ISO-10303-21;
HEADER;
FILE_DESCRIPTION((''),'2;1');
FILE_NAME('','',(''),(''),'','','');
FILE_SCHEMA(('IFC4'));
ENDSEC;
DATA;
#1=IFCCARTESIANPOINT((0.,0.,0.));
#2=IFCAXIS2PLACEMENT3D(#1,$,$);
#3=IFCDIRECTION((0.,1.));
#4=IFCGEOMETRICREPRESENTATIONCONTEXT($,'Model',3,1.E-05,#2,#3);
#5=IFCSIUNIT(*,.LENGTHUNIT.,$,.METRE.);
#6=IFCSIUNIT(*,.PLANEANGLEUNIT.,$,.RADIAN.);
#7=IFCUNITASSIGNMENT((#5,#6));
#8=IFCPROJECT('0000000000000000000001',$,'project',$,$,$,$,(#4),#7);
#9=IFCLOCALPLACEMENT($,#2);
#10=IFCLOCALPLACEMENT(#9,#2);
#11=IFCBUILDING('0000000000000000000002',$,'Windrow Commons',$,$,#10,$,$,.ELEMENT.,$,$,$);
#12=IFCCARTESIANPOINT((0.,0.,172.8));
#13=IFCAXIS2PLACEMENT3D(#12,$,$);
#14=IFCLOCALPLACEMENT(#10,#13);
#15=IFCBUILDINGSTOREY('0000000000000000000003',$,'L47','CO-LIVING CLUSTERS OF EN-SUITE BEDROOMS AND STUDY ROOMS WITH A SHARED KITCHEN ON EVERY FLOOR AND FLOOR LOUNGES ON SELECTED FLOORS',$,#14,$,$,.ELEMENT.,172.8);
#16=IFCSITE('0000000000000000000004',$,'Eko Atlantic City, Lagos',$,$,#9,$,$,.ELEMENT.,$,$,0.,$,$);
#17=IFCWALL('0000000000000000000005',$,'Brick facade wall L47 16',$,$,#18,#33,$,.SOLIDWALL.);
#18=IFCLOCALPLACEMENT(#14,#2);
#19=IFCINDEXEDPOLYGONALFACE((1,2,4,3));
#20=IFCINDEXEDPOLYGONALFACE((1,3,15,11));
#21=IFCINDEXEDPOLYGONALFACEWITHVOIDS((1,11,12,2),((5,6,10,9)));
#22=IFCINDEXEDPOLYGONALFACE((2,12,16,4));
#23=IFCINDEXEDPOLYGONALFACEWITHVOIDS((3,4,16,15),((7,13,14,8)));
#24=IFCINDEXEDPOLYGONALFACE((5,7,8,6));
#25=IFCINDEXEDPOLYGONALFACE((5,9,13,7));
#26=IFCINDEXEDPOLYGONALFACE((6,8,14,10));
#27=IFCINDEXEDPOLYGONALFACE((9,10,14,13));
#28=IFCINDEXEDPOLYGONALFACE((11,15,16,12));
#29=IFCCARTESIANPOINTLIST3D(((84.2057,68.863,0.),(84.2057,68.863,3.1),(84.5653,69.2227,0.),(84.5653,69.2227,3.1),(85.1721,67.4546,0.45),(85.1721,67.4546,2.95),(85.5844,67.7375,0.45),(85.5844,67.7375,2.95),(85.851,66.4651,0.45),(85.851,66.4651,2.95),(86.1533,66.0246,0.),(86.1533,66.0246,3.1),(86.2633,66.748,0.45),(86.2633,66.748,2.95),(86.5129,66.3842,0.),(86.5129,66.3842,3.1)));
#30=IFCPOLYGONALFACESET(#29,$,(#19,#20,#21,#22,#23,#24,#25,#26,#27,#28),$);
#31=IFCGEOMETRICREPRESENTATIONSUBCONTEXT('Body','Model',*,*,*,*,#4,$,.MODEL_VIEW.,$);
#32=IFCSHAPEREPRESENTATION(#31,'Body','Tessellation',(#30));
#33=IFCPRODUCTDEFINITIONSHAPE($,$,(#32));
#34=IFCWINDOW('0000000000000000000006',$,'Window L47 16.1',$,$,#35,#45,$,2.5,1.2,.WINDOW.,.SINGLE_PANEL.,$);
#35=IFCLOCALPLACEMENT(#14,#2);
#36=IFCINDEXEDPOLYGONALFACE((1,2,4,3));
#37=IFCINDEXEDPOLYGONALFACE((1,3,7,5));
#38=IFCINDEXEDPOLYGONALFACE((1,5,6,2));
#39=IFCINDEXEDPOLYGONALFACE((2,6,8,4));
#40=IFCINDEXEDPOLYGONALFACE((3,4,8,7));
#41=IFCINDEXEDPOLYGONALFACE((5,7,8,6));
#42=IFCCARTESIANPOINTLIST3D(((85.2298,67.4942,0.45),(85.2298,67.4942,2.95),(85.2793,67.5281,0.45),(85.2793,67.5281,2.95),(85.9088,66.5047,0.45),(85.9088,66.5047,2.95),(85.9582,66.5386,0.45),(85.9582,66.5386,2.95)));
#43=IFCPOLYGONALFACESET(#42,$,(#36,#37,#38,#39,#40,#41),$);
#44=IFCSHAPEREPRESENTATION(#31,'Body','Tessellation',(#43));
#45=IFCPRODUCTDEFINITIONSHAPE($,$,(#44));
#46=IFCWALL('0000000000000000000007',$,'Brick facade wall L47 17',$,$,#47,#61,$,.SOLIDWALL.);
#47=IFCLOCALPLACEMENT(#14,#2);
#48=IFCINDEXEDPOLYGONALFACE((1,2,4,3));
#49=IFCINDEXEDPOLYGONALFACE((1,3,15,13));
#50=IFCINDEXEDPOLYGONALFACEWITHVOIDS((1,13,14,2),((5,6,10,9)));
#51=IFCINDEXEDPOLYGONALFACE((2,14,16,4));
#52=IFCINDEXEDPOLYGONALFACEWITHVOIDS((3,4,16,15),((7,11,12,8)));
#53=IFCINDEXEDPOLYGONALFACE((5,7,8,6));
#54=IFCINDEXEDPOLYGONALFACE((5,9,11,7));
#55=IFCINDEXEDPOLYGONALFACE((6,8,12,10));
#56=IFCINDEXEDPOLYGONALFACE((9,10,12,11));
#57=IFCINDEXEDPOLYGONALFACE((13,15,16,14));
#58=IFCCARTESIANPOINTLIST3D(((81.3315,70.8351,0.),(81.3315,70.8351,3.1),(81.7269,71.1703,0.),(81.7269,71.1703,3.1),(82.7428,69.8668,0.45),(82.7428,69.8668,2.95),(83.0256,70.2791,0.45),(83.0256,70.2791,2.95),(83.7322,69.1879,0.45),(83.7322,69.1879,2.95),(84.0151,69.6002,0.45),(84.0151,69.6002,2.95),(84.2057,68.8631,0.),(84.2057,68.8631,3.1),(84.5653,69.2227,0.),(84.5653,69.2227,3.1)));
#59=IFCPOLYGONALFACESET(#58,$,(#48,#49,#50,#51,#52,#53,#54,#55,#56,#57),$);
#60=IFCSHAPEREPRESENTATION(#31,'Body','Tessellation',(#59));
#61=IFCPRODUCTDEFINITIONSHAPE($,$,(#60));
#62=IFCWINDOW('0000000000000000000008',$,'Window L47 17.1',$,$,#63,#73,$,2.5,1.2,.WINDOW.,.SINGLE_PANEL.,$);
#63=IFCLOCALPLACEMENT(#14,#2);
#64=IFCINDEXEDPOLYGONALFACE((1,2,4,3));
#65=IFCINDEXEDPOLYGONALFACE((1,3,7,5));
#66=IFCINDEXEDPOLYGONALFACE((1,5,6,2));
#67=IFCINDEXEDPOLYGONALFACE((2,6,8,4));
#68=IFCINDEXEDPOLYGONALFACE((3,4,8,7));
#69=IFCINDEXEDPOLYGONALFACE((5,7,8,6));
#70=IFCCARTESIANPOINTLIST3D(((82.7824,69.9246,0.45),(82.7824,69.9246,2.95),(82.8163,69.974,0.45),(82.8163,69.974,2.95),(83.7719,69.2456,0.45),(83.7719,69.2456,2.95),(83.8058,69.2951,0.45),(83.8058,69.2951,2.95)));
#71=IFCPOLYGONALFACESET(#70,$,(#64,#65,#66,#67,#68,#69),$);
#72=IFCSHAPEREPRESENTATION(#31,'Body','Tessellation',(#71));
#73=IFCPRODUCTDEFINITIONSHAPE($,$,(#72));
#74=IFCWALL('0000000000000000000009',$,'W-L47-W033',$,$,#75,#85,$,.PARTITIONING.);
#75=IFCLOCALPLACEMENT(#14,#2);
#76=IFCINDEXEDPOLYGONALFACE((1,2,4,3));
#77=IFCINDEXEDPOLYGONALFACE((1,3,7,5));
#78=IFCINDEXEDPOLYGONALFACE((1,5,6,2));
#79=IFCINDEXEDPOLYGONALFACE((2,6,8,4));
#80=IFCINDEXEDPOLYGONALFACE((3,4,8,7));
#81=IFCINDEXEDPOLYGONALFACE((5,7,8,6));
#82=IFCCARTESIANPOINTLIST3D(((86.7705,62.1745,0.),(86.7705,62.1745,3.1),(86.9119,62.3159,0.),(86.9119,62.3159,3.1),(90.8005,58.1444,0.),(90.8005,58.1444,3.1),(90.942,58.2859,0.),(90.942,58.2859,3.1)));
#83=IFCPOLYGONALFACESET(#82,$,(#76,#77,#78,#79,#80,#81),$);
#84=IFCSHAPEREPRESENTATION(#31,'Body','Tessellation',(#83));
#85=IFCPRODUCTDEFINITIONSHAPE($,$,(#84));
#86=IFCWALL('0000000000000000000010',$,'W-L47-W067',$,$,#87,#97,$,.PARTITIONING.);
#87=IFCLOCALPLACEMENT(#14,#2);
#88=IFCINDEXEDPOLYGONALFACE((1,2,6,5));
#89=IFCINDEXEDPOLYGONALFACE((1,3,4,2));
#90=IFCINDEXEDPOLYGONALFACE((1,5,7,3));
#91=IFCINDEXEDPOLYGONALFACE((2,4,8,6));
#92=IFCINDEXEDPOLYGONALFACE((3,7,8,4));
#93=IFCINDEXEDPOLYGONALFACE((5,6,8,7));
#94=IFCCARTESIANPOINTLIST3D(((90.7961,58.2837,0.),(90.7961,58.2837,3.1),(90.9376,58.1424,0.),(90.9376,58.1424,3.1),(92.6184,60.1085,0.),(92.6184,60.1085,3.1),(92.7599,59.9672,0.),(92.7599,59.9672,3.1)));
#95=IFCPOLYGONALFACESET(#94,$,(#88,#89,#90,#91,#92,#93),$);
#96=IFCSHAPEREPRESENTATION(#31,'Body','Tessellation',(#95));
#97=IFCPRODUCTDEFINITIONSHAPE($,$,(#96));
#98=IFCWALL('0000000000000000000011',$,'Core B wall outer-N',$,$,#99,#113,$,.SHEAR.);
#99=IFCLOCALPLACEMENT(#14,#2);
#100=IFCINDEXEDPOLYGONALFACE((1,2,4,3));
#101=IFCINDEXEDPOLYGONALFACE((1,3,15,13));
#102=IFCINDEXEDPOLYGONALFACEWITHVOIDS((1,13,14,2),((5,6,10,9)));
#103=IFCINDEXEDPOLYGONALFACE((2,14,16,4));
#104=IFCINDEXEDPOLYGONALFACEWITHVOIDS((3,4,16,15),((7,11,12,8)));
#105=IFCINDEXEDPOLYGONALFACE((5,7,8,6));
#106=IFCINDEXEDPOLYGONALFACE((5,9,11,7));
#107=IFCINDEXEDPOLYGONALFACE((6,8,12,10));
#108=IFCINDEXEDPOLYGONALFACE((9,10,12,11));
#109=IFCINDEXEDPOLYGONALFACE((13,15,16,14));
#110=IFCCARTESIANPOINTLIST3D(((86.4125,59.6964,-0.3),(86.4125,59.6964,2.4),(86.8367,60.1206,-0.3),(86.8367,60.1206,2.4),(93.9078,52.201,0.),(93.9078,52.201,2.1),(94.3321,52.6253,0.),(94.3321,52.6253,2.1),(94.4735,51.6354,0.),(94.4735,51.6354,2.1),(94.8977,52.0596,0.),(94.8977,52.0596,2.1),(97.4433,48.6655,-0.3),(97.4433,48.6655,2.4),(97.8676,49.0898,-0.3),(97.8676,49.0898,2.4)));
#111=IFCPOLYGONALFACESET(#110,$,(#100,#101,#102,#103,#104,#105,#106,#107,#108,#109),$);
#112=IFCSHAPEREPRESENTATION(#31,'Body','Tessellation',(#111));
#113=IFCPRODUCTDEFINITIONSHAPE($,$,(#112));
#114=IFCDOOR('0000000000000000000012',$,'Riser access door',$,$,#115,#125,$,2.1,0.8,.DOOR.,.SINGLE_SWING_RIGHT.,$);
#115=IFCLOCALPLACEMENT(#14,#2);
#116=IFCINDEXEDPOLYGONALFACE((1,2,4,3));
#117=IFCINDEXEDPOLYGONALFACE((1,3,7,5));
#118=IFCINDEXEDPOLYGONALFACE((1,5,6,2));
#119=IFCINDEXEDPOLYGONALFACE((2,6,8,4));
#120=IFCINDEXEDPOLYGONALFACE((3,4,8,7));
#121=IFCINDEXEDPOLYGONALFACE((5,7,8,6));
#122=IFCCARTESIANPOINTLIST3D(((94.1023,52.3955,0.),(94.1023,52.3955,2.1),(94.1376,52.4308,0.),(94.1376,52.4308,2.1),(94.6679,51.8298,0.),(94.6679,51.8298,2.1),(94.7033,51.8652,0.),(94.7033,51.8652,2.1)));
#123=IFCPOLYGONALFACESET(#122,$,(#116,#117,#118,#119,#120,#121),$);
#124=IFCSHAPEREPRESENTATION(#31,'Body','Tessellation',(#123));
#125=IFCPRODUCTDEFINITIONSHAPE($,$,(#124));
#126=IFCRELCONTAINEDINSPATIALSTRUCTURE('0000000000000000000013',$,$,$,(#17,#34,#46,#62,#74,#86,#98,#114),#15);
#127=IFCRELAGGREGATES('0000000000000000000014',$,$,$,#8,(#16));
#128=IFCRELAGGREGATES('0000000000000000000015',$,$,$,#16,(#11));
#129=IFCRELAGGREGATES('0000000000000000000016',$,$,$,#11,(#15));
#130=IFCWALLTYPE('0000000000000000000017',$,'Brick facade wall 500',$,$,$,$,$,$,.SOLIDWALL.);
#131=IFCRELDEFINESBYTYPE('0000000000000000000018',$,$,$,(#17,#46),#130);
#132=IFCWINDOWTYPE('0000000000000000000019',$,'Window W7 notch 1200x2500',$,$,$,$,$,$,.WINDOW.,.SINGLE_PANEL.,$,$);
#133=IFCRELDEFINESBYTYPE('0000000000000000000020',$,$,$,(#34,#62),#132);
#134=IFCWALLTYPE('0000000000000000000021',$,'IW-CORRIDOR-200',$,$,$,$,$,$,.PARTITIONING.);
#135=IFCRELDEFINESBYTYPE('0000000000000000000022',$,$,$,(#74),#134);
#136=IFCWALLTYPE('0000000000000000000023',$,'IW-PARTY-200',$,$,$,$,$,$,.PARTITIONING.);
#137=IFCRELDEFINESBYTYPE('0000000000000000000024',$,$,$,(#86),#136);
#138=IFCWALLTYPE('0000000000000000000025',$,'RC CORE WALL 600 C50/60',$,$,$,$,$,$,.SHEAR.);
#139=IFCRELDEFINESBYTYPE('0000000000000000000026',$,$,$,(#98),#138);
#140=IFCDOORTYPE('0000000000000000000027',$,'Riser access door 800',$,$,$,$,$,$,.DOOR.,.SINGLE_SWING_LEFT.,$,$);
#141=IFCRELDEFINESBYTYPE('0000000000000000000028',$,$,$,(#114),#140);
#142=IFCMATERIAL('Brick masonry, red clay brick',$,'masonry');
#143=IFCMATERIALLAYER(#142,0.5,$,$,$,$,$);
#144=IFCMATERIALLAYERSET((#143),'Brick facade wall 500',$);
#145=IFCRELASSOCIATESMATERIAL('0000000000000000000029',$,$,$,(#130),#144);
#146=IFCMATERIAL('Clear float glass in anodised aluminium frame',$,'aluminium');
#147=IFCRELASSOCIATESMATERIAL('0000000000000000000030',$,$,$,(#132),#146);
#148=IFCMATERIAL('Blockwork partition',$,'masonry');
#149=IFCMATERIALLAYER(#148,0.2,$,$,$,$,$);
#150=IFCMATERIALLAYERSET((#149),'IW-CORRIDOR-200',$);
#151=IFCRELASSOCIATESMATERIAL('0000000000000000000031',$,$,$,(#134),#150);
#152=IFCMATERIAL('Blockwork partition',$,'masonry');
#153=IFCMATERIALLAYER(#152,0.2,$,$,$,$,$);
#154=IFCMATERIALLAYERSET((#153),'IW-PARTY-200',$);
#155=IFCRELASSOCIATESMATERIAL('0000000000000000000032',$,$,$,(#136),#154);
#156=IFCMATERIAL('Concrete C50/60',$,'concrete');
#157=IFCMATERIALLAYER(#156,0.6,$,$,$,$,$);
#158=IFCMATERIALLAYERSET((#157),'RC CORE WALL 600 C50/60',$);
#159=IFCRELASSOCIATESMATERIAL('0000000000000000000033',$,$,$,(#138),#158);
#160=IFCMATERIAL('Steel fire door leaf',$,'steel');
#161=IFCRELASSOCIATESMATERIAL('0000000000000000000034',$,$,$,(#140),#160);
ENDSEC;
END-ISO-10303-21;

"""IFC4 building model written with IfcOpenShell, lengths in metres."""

from ifc_helpers import new_model, si_unit, direction, frame, frame_2d, origin, place, context, subcontext, project, spatial, polyline, rectangle, outline, extrude, material, layer, layer_set, type_object, element, fill, save


model = new_model("IFC4")

# Units and contexts
model_context = context("Model", 3, precision=1e-05, world=origin(), true_north=direction((0.0, 1.0)))
body_context = subcontext(model_context, "Body", "Model", "MODEL_VIEW")
ifc_project = project(units=[si_unit("LENGTHUNIT", "METRE"), si_unit("PLANEANGLEUNIT", "RADIAN")], contexts=[model_context])

# Site, building, storey
site_placement = place(None, origin())
site = spatial("IfcSite", under=ifc_project, at=site_placement, Name="Eko Atlantic City, Lagos", CompositionType="ELEMENT", RefElevation=0.0)
building_placement = place(site_placement, origin())
building = spatial("IfcBuilding", under=site, at=building_placement, Name="Windrow Commons", CompositionType="ELEMENT")
storey_placement = place(building_placement, frame((0.0, 0.0, 172.8)))
storey = spatial("IfcBuildingStorey", under=building, at=storey_placement, Name="L47", Description="CO-LIVING CLUSTERS OF EN-SUITE BEDROOMS AND STUDY ROOMS WITH A SHARED KITCHEN ON EVERY FLOOR AND FLOOR LOUNGES ON SELECTED FLOORS", CompositionType="ELEMENT", Elevation=172.8)

# Shared definitions
ifc_material_1 = material(Name="Brick masonry, red clay brick", Category="masonry")
ifc_layer_1 = layer(ifc_material_1, 0.5)
ifc_layer_set_1 = layer_set([ifc_layer_1], Name="Brick facade wall 500")
wall_type_1 = type_object("IfcWallType", Name="Brick facade wall 500", PredefinedType="SOLIDWALL", material=ifc_layer_set_1)
ifc_material_2 = material(Name="Clear float glass in anodised aluminium frame", Category="aluminium")
window_type = type_object("IfcWindowType", Name="Window W7 notch 1200x2500", PartitioningType="SINGLE_PANEL", PredefinedType="WINDOW", material=ifc_material_2)

# Walls, openings, windows
wall_1_placement = place(storey_placement, frame((86.3331, 66.2044, 0.0), z_axis=(0.0, 0.0, 1.0), x_axis=(-0.565765, 0.824566, 0.0)))
wall_1 = element("IfcWall", 1, at=wall_1_placement, inside=storey, type_object=wall_type_1, Name="Brick facade wall L47 16", PredefinedType="SOLIDWALL", context=body_context, shape_type="SweptSolid", body=[
    extrude(outline(polyline([(0.0465, -0.25), (3.4889, -0.25), (3.3958, 0.25), (-0.0465, 0.25), (0.0465, -0.25)])), origin(), (0.0, 0.0, 1.0), 3.1),
])
opening_1_placement = place(wall_1_placement, frame((0.4877, 0.0, 0.45)))
opening_1 = element("IfcOpeningElement", 2, at=opening_1_placement, cuts=wall_1, PredefinedType="OPENING", context=body_context, shape_type="SweptSolid", body=[
    extrude(rectangle(XDim=1.2, YDim=2.5, at=frame_2d((0.6, 1.25))), frame((0.0, 0.26, 0.0), z_axis=(0.0, -1.0, 0.0), x_axis=(1.0, 0.0, 0.0)), (0.0, 0.0, 1.0), 0.52),
])
window_1_placement = place(opening_1_placement, origin())
window_1 = element("IfcWindow", 3, at=window_1_placement, inside=storey, type_object=window_type, Name="Window L47 16.1", OverallHeight=2.5, OverallWidth=1.2, PartitioningType="SINGLE_PANEL", PredefinedType="WINDOW", context=body_context, shape_type="SweptSolid", body=[
    extrude(rectangle(XDim=1.2, YDim=2.5, at=frame_2d((0.6, 1.25))), frame((0.0, 0.18, 0.0), z_axis=(0.0, -1.0, 0.0), x_axis=(1.0, 0.0, 0.0)), (0.0, 0.0, 1.0), 0.06),
])
fill(opening_1, window_1)
wall_2_placement = place(storey_placement, frame((84.3855, 69.0429, 0.0), z_axis=(0.0, 0.0, 1.0), x_axis=(-0.824568, 0.565763, 0.0)))
wall_2 = element("IfcWall", 4, at=wall_2_placement, inside=storey, type_object=wall_type_1, Name="Brick facade wall L47 17", PredefinedType="SOLIDWALL", context=body_context, shape_type="SweptSolid", body=[
    extrude(outline(polyline([(-0.0465, -0.25), (3.3958, -0.25), (3.5322, 0.25), (0.0465, 0.25), (-0.0465, -0.25)])), origin(), (0.0, 0.0, 1.0), 3.1),
])
opening_2_placement = place(wall_2_placement, frame((0.6207, 0.0, 0.45)))
opening_2 = element("IfcOpeningElement", 5, at=opening_2_placement, cuts=wall_2, PredefinedType="OPENING", context=body_context, shape_type="SweptSolid", body=[
    extrude(rectangle(XDim=1.2, YDim=2.5, at=frame_2d((0.6, 1.25))), frame((0.0, 0.26, 0.0), z_axis=(0.0, -1.0, 0.0), x_axis=(1.0, 0.0, 0.0)), (0.0, 0.0, 1.0), 0.52),
])
window_2_placement = place(opening_2_placement, origin())
window_2 = element("IfcWindow", 6, at=window_2_placement, inside=storey, type_object=window_type, Name="Window L47 17.1", OverallHeight=2.5, OverallWidth=1.2, PartitioningType="SINGLE_PANEL", PredefinedType="WINDOW", context=body_context, shape_type="SweptSolid", body=[
    extrude(rectangle(XDim=1.2, YDim=2.5, at=frame_2d((0.6, 1.25))), frame((0.0, 0.18, 0.0), z_axis=(0.0, -1.0, 0.0), x_axis=(1.0, 0.0, 0.0)), (0.0, 0.0, 1.0), 0.06),
])
fill(opening_2, window_2)

# Walls
ifc_material_3 = material(Name="Blockwork partition", Category="masonry")
ifc_layer_2 = layer(ifc_material_3, 0.2)
ifc_layer_set_2 = layer_set([ifc_layer_2], Name="IW-CORRIDOR-200")
wall_type_2 = type_object("IfcWallType", Name="IW-CORRIDOR-200", PredefinedType="PARTITIONING", material=ifc_layer_set_2)
wall_3_placement = place(storey_placement, frame((86.8412, 62.2452, 0.0), z_axis=(0.0, 0.0, 1.0), x_axis=(0.707107, -0.707107, 0.0)))
element("IfcWall", 7, at=wall_3_placement, inside=storey, type_object=wall_type_2, Name="W-L47-W033", PredefinedType="PARTITIONING", context=body_context, shape_type="SweptSolid", body=[
    extrude(rectangle(XDim=5.6993, YDim=0.2, at=frame_2d((2.8497, 0.0))), origin(), (0.0, 0.0, 1.0), 3.1),
])
ifc_material_4 = material(Name="Blockwork partition", Category="masonry")
ifc_layer_3 = layer(ifc_material_4, 0.2)
ifc_layer_set_3 = layer_set([ifc_layer_3], Name="IW-PARTY-200")
wall_type_3 = type_object("IfcWallType", Name="IW-PARTY-200", PredefinedType="PARTITIONING", material=ifc_layer_set_3)
wall_4_placement = place(storey_placement, frame((90.8669, 58.2131, 0.0), z_axis=(0.0, 0.0, 1.0), x_axis=(0.706622, 0.707591, 0.0)))
element("IfcWall", 8, at=wall_4_placement, inside=storey, type_object=wall_type_3, Name="W-L47-W067", PredefinedType="PARTITIONING", context=body_context, shape_type="SweptSolid", body=[
    extrude(rectangle(XDim=2.5789, YDim=0.2, at=frame_2d((1.2894, 0.0))), origin(), (0.0, 0.0, 1.0), 3.1),
])

# Wall, opening, door
ifc_material_5 = material(Name="Concrete C50/60", Category="concrete")
ifc_layer_4 = layer(ifc_material_5, 0.6)
ifc_layer_set_4 = layer_set([ifc_layer_4], Name="RC CORE WALL 600 C50/60")
wall_type_4 = type_object("IfcWallType", Name="RC CORE WALL 600 C50/60", PredefinedType="SHEAR", material=ifc_layer_set_4)
wall_5_placement = place(storey_placement, frame((86.6246, 59.9085, -0.3), z_axis=(0.0, 0.0, 1.0), x_axis=(0.707107, -0.707107, 0.0)))
wall_5 = element("IfcWall", 9, at=wall_5_placement, inside=storey, type_object=wall_type_4, Name="Core B wall outer-N", PredefinedType="SHEAR", context=body_context, shape_type="SweptSolid", body=[
    extrude(rectangle(XDim=15.6, YDim=0.6, at=frame_2d((7.8, 0.0))), origin(), (0.0, 0.0, 1.0), 2.7),
])
opening_3_placement = place(wall_5_placement, frame((10.6, 0.0, 0.3)))
opening_3 = element("IfcOpeningElement", 10, at=opening_3_placement, cuts=wall_5, PredefinedType="OPENING", context=body_context, shape_type="SweptSolid", body=[
    extrude(rectangle(XDim=0.8, YDim=2.1, at=frame_2d((0.4, 1.05))), frame((0.0, 0.31, 0.0), z_axis=(0.0, -1.0, 0.0), x_axis=(1.0, 0.0, 0.0)), (0.0, 0.0, 1.0), 0.62),
])
ifc_material_6 = material(Name="Steel fire door leaf", Category="steel")
door_type = type_object("IfcDoorType", Name="Riser access door 800", OperationType="SINGLE_SWING_LEFT", PredefinedType="DOOR", material=ifc_material_6)
door_placement = place(opening_3_placement, origin())
door = element("IfcDoor", 11, at=door_placement, inside=storey, type_object=door_type, Name="Riser access door", OperationType="SINGLE_SWING_RIGHT", OverallHeight=2.1, OverallWidth=0.8, PredefinedType="DOOR", context=body_context, shape_type="SweptSolid", body=[
    extrude(rectangle(XDim=0.8, YDim=2.1, at=frame_2d((0.4, 1.05))), frame((0.0, 0.025, 0.0), z_axis=(0.0, -1.0, 0.0), x_axis=(1.0, 0.0, 0.0)), (0.0, 0.0, 1.0), 0.05),
])
fill(opening_3, door)

save(model, "model.ifc")
